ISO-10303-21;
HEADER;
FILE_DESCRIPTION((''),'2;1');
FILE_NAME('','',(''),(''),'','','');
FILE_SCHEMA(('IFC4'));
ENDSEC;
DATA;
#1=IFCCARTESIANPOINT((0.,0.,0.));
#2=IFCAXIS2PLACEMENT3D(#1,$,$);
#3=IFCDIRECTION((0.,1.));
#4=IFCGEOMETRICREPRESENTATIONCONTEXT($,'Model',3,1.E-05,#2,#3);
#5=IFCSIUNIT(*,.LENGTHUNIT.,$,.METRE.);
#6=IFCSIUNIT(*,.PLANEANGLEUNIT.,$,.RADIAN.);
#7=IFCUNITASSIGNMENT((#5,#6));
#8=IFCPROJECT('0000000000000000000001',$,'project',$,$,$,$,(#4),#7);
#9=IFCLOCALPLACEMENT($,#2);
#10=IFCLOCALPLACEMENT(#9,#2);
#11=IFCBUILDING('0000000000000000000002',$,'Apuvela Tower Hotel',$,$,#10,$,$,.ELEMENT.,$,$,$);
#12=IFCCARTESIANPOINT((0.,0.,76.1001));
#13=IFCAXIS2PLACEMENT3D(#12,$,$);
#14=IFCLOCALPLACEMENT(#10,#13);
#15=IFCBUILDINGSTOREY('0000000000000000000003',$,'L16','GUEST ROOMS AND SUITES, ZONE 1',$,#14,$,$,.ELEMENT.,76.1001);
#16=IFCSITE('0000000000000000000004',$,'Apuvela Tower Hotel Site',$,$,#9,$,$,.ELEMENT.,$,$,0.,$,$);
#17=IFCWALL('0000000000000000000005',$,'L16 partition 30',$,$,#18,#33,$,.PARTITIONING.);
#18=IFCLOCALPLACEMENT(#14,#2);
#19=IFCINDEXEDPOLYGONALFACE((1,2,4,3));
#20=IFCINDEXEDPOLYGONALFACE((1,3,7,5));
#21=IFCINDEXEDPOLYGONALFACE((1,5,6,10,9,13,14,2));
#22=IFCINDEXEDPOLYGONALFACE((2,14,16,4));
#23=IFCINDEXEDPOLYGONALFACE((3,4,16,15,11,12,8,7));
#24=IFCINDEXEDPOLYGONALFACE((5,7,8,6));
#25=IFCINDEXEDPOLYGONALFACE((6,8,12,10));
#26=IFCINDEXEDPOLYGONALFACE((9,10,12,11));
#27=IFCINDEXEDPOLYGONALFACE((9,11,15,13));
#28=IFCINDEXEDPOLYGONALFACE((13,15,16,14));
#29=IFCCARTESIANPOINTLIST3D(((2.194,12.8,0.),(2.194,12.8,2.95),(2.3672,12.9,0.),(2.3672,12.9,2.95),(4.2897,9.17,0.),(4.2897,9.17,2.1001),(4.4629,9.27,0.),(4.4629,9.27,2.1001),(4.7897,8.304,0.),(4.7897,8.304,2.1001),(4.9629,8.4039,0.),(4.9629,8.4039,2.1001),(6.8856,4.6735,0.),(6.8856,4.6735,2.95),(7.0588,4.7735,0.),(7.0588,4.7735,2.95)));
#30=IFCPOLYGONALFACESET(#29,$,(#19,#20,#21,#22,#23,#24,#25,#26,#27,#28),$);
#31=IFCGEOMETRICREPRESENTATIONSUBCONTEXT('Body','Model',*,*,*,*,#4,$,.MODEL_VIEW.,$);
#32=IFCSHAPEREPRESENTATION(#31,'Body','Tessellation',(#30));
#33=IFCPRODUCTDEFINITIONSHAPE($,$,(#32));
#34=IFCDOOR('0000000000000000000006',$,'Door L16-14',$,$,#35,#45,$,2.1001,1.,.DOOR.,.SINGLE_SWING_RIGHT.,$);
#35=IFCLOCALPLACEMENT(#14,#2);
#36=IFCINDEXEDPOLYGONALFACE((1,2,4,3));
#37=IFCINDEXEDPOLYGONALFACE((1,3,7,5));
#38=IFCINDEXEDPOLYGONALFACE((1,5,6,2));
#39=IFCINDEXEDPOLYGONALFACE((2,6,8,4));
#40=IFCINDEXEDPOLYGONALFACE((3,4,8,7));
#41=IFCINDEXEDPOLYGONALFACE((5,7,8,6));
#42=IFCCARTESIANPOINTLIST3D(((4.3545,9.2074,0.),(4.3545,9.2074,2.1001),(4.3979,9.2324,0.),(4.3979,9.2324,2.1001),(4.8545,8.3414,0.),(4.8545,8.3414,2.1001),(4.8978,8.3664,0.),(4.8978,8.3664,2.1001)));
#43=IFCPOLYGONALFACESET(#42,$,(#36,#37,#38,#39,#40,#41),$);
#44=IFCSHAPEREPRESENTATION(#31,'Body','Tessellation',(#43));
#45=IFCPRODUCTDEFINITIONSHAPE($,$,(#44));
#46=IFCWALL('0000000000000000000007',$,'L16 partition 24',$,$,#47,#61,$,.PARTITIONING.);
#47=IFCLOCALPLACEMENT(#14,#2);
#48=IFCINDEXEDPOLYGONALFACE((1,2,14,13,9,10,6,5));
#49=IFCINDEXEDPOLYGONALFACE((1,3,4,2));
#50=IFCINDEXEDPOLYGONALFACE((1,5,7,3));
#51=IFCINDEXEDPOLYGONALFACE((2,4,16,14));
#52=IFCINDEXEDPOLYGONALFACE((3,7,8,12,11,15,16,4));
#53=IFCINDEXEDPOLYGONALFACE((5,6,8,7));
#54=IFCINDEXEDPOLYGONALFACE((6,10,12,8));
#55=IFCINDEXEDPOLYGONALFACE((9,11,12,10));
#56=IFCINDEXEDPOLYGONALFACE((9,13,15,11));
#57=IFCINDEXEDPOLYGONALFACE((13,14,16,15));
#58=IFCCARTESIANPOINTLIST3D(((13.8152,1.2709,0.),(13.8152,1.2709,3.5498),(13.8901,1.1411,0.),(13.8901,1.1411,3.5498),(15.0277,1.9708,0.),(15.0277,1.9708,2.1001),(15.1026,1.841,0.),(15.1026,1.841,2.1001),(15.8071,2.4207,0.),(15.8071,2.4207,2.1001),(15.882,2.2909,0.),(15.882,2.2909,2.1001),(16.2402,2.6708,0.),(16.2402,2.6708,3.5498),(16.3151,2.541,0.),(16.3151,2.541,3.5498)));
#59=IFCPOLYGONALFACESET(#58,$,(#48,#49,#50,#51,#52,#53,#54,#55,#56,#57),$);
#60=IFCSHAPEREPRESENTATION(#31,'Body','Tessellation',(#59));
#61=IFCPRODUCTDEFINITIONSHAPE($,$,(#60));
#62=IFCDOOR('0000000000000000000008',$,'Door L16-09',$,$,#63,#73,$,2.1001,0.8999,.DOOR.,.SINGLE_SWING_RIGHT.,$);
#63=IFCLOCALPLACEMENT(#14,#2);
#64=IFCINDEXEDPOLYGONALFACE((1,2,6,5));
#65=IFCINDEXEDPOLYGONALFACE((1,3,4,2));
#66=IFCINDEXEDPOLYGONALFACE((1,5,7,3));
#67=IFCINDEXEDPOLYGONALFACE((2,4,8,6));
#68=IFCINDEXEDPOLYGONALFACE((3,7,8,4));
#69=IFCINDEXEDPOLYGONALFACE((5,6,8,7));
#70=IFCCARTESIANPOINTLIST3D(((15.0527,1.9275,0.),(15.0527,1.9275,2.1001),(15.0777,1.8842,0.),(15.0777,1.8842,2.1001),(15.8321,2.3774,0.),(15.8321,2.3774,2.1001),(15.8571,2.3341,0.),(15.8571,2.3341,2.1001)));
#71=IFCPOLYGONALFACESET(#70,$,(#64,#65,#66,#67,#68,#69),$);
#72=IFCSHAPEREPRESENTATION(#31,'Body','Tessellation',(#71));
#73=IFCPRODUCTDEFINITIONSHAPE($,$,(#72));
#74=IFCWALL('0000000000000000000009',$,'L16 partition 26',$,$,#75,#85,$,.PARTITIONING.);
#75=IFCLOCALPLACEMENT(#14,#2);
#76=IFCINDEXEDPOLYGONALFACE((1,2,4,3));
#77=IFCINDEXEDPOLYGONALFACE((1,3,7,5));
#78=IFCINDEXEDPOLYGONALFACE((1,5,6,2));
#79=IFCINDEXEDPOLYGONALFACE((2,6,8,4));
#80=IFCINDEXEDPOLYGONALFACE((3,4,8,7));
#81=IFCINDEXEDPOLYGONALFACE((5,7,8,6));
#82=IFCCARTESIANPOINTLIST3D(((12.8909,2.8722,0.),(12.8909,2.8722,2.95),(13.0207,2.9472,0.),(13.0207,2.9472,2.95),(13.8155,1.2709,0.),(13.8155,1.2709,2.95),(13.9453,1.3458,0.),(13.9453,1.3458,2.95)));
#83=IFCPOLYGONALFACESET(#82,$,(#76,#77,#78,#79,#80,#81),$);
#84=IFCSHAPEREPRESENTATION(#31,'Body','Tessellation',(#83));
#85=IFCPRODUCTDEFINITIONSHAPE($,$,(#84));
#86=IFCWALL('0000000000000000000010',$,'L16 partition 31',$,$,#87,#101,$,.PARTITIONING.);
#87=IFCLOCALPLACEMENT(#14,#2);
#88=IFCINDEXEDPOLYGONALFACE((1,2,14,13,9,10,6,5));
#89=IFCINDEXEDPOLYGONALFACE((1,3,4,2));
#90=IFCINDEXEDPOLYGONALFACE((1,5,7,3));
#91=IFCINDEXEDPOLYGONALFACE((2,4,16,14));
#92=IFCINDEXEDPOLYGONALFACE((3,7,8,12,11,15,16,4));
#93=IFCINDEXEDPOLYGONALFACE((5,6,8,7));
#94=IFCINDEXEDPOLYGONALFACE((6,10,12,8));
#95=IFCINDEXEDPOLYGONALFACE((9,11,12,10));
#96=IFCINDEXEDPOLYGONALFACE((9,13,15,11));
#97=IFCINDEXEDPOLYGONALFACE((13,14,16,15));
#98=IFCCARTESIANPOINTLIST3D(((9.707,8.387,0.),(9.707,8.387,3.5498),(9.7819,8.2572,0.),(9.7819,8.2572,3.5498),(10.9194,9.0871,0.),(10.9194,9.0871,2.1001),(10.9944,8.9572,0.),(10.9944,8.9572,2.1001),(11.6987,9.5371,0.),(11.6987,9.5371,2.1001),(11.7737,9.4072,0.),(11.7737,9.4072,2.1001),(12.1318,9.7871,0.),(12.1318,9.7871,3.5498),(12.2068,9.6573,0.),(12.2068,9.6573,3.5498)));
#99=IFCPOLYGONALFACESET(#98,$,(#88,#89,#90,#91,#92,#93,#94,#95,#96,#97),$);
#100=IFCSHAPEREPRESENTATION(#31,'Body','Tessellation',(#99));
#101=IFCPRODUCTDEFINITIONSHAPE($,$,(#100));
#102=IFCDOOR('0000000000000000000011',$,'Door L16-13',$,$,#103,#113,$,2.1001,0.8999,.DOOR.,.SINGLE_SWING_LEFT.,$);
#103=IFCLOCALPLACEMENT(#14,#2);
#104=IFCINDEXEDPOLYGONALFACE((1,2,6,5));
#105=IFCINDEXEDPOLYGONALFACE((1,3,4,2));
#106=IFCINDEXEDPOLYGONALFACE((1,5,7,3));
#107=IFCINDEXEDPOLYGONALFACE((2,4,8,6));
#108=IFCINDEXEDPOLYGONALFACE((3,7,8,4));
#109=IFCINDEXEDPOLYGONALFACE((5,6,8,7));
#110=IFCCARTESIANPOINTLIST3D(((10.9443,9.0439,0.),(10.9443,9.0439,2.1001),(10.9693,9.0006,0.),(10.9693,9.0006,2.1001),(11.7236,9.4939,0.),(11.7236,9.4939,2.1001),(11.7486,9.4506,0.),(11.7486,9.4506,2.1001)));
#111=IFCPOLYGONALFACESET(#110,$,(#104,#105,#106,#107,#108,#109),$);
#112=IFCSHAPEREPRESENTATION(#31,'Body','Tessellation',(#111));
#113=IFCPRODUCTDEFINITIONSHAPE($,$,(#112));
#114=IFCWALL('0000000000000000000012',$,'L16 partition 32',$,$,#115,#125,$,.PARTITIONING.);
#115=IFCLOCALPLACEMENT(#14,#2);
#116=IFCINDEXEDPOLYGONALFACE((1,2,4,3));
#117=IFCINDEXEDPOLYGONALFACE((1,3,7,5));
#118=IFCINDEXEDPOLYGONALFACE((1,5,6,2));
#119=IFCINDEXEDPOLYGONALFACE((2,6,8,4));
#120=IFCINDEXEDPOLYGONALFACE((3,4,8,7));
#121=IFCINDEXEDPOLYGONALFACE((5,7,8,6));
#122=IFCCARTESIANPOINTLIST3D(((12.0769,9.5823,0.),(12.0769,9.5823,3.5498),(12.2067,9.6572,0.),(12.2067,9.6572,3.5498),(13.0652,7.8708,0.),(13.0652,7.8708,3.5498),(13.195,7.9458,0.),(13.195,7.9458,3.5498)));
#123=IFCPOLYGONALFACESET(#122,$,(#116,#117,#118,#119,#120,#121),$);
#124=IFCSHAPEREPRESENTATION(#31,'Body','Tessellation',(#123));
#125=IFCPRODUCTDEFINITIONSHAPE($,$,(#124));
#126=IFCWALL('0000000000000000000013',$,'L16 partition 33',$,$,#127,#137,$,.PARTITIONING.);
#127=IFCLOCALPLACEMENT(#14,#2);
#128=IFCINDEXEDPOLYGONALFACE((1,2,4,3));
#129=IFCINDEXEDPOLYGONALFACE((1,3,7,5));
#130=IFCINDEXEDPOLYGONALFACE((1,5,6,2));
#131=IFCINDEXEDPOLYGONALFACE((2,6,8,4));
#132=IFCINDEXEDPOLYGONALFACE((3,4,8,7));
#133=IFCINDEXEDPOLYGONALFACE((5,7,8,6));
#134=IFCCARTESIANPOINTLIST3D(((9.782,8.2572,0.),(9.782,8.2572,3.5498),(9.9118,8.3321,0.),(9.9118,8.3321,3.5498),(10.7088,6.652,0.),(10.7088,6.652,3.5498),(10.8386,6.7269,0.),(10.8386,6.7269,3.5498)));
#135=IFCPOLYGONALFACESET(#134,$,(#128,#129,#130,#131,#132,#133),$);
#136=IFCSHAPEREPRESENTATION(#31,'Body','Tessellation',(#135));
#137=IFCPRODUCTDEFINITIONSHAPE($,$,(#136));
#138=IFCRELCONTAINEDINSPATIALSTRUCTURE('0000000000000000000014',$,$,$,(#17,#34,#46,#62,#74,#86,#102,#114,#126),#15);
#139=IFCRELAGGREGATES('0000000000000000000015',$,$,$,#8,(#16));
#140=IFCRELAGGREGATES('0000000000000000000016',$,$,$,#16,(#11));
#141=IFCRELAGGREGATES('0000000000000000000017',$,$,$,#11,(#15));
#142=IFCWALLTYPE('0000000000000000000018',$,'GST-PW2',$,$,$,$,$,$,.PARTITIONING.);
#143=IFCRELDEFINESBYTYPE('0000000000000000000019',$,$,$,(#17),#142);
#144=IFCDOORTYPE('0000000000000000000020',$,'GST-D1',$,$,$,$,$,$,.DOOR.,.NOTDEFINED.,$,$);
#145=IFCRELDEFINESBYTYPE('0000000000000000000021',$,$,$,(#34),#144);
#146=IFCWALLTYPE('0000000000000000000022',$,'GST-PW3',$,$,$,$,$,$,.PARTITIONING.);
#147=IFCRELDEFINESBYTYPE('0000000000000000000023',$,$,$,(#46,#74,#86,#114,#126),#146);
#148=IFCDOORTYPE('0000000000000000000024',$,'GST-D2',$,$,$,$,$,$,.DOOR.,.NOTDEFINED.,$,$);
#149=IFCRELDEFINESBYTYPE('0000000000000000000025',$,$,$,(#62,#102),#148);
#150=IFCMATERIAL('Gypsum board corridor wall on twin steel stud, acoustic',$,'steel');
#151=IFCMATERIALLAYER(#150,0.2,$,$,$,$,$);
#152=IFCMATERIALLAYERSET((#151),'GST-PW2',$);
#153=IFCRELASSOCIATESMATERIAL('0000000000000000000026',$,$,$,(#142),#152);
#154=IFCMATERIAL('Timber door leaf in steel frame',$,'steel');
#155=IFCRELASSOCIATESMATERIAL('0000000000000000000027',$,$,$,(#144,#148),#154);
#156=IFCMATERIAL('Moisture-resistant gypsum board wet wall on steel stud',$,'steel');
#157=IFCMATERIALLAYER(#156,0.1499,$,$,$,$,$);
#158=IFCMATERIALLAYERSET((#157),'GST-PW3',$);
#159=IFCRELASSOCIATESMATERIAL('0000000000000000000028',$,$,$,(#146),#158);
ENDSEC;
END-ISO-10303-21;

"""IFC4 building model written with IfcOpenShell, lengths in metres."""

from ifc_helpers import new_model, si_unit, direction, frame, frame_2d, origin, place, context, subcontext, project, spatial, rectangle, extrude, material, layer, layer_set, type_object, element, fill, save


model = new_model("IFC4")

# Units and contexts
model_context = context("Model", 3, precision=1e-05, world=origin(), true_north=direction((0.0, 1.0)))
body_context = subcontext(model_context, "Body", "Model", "MODEL_VIEW")
ifc_project = project(units=[si_unit("LENGTHUNIT", "METRE"), si_unit("PLANEANGLEUNIT", "RADIAN")], contexts=[model_context])

# Site, building, storey
site_placement = place(None, origin())
site = spatial("IfcSite", under=ifc_project, at=site_placement, Name="Apuvela Tower Hotel Site", CompositionType="ELEMENT", RefElevation=0.0)
building_placement = place(site_placement, origin())
building = spatial("IfcBuilding", under=site, at=building_placement, Name="Apuvela Tower Hotel", CompositionType="ELEMENT")
storey_placement = place(building_placement, frame((0.0, 0.0, 76.1001)))
storey = spatial("IfcBuildingStorey", under=building, at=storey_placement, Name="L16", Description="GUEST ROOMS AND SUITES, ZONE 1", CompositionType="ELEMENT", Elevation=76.1001)

# Walls, openings, doors
ifc_material_1 = material(Name="Gypsum board corridor wall on twin steel stud, acoustic", Category="steel")
ifc_layer_1 = layer(ifc_material_1, 0.2)
ifc_layer_set_1 = layer_set([ifc_layer_1], Name="GST-PW2")
wall_type_1 = type_object("IfcWallType", Name="GST-PW2", PredefinedType="PARTITIONING", material=ifc_layer_set_1)
ifc_material_2 = material(Name="Timber door leaf in steel frame", Category="steel")
door_type_1 = type_object("IfcDoorType", Name="GST-D1", OperationType="NOTDEFINED", PredefinedType="DOOR", material=ifc_material_2)
door_type_2 = type_object("IfcDoorType", Name="GST-D2", OperationType="NOTDEFINED", PredefinedType="DOOR", material=ifc_material_2)
wall_1_placement = place(storey_placement, frame((2.2805, 12.8501, 0.0), z_axis=(0.0, 0.0, 1.0), x_axis=(0.499987, -0.866033, 0.0)))
wall_1 = element("IfcWall", 1, at=wall_1_placement, inside=storey, type_object=wall_type_1, Name="L16 partition 30", PredefinedType="PARTITIONING", context=body_context, shape_type="SweptSolid", body=[
    extrude(rectangle(XDim=9.3835, YDim=0.2, at=frame_2d((4.6919, 0.0))), origin(), (0.0, 0.0, 1.0), 2.95),
])
opening_1_placement = place(wall_1_placement, frame((4.1917, 0.0, 0.0)))
opening_1 = element("IfcOpeningElement", 2, at=opening_1_placement, cuts=wall_1, PredefinedType="OPENING", context=body_context, shape_type="SweptSolid", body=[
    extrude(rectangle(XDim=1.0, YDim=2.1001, at=frame_2d((0.5, 1.05))), frame((0.0, 0.1099, 0.0), z_axis=(0.0, -1.0, 0.0), x_axis=(1.0, 0.0, 0.0)), (0.0, 0.0, 1.0), 0.22),
])
door_1_placement = place(opening_1_placement, origin())
door_1 = element("IfcDoor", 3, at=door_1_placement, inside=storey, type_object=door_type_1, Name="Door L16-14", OperationType="SINGLE_SWING_RIGHT", OverallHeight=2.1001, OverallWidth=1.0, PredefinedType="DOOR", context=body_context, shape_type="SweptSolid", body=[
    extrude(rectangle(XDim=1.0, YDim=2.1001, at=frame_2d((0.5, 1.05))), frame((0.0, 0.0249, 0.0), z_axis=(0.0, -1.0, 0.0), x_axis=(1.0, 0.0, 0.0)), (0.0, 0.0, 1.0), 0.05),
])
fill(opening_1, door_1)
ifc_material_3 = material(Name="Moisture-resistant gypsum board wet wall on steel stud", Category="steel")
ifc_layer_2 = layer(ifc_material_3, 0.1499)
ifc_layer_set_2 = layer_set([ifc_layer_2], Name="GST-PW3")
wall_type_2 = type_object("IfcWallType", Name="GST-PW3", PredefinedType="PARTITIONING", material=ifc_layer_set_2)
wall_2_placement = place(storey_placement, frame((13.8528, 1.2061, 0.0), z_axis=(0.0, 0.0, 1.0), x_axis=(0.866056, 0.499946, 0.0)))
wall_2 = element("IfcWall", 4, at=wall_2_placement, inside=storey, type_object=wall_type_2, Name="L16 partition 24", PredefinedType="PARTITIONING", context=body_context, shape_type="SweptSolid", body=[
    extrude(rectangle(XDim=2.8, YDim=0.1499, at=frame_2d((1.3999, 0.0))), origin(), (0.0, 0.0, 1.0), 3.5498),
])
opening_2_placement = place(wall_2_placement, frame((1.3999, 0.0, 0.0)))
opening_2 = element("IfcOpeningElement", 5, at=opening_2_placement, cuts=wall_2, PredefinedType="OPENING", context=body_context, shape_type="SweptSolid", body=[
    extrude(rectangle(XDim=0.8999, YDim=2.1001, at=frame_2d((0.45, 1.05))), frame((0.0, 0.085, 0.0), z_axis=(0.0, -1.0, 0.0), x_axis=(1.0, 0.0, 0.0)), (0.0, 0.0, 1.0), 0.1699),
])
door_2_placement = place(opening_2_placement, origin())
door_2 = element("IfcDoor", 6, at=door_2_placement, inside=storey, type_object=door_type_2, Name="Door L16-09", OperationType="SINGLE_SWING_RIGHT", OverallHeight=2.1001, OverallWidth=0.8999, PredefinedType="DOOR", context=body_context, shape_type="SweptSolid", body=[
    extrude(rectangle(XDim=0.8999, YDim=2.1001, at=frame_2d((0.45, 1.05))), frame((0.0, 0.0249, 0.0), z_axis=(0.0, -1.0, 0.0), x_axis=(1.0, 0.0, 0.0)), (0.0, 0.0, 1.0), 0.05),
])
fill(opening_2, door_2)

# Wall
wall_3_placement = place(storey_placement, frame((13.8804, 1.3083, 0.0), z_axis=(0.0, 0.0, 1.0), x_axis=(-0.500016, 0.866016, 0.0)))
element("IfcWall", 7, at=wall_3_placement, inside=storey, type_object=wall_type_2, Name="L16 partition 26", PredefinedType="PARTITIONING", context=body_context, shape_type="SweptSolid", body=[
    extrude(rectangle(XDim=1.8491, YDim=0.1499, at=frame_2d((0.9246, 0.0))), origin(), (0.0, 0.0, 1.0), 2.95),
])

# Wall, opening, door
wall_4_placement = place(storey_placement, frame((12.1692, 9.7222, 0.0), z_axis=(0.0, 0.0, 1.0), x_axis=(-0.865997, -0.50005, 0.0)))
wall_4 = element("IfcWall", 8, at=wall_4_placement, inside=storey, type_object=wall_type_2, Name="L16 partition 31", PredefinedType="PARTITIONING", context=body_context, shape_type="SweptSolid", body=[
    extrude(rectangle(XDim=2.8, YDim=0.1499, at=frame_2d((1.3999, 0.0))), origin(), (0.0, 0.0, 1.0), 3.5498),
])
opening_3_placement = place(wall_4_placement, frame((0.5, 0.0, 0.0)))
opening_3 = element("IfcOpeningElement", 9, at=opening_3_placement, cuts=wall_4, PredefinedType="OPENING", context=body_context, shape_type="SweptSolid", body=[
    extrude(rectangle(XDim=0.8999, YDim=2.1001, at=frame_2d((0.45, 1.05))), frame((0.0, 0.085, 0.0), z_axis=(0.0, -1.0, 0.0), x_axis=(1.0, 0.0, 0.0)), (0.0, 0.0, 1.0), 0.1699),
])
door_3_placement = place(opening_3_placement, origin())
door_3 = element("IfcDoor", 10, at=door_3_placement, inside=storey, type_object=door_type_2, Name="Door L16-13", OperationType="SINGLE_SWING_LEFT", OverallHeight=2.1001, OverallWidth=0.8999, PredefinedType="DOOR", context=body_context, shape_type="SweptSolid", body=[
    extrude(rectangle(XDim=0.8999, YDim=2.1001, at=frame_2d((0.45, 1.05))), frame((0.0, 0.0249, 0.0), z_axis=(0.0, -1.0, 0.0), x_axis=(1.0, 0.0, 0.0)), (0.0, 0.0, 1.0), 0.05),
])
fill(opening_3, door_3)

# Walls
wall_5_placement = place(storey_placement, frame((13.1301, 7.9082, 0.0), z_axis=(0.0, 0.0, 1.0), x_axis=(-0.500072, 0.865984, 0.0)))
element("IfcWall", 11, at=wall_5_placement, inside=storey, type_object=wall_type_2, Name="L16 partition 32", PredefinedType="PARTITIONING", context=body_context, shape_type="SweptSolid", body=[
    extrude(rectangle(XDim=1.9763, YDim=0.1499, at=frame_2d((0.9883, 0.0))), origin(), (0.0, 0.0, 1.0), 3.5498),
])
wall_6_placement = place(storey_placement, frame((10.7737, 6.6895, 0.0), z_axis=(0.0, 0.0, 1.0), x_axis=(-0.499992, 0.86603, 0.0)))
element("IfcWall", 12, at=wall_6_placement, inside=storey, type_object=wall_type_2, Name="L16 partition 33", PredefinedType="PARTITIONING", context=body_context, shape_type="SweptSolid", body=[
    extrude(rectangle(XDim=1.8535, YDim=0.1499, at=frame_2d((0.9268, 0.0))), origin(), (0.0, 0.0, 1.0), 3.5498),
])

save(model, "model.ifc")
